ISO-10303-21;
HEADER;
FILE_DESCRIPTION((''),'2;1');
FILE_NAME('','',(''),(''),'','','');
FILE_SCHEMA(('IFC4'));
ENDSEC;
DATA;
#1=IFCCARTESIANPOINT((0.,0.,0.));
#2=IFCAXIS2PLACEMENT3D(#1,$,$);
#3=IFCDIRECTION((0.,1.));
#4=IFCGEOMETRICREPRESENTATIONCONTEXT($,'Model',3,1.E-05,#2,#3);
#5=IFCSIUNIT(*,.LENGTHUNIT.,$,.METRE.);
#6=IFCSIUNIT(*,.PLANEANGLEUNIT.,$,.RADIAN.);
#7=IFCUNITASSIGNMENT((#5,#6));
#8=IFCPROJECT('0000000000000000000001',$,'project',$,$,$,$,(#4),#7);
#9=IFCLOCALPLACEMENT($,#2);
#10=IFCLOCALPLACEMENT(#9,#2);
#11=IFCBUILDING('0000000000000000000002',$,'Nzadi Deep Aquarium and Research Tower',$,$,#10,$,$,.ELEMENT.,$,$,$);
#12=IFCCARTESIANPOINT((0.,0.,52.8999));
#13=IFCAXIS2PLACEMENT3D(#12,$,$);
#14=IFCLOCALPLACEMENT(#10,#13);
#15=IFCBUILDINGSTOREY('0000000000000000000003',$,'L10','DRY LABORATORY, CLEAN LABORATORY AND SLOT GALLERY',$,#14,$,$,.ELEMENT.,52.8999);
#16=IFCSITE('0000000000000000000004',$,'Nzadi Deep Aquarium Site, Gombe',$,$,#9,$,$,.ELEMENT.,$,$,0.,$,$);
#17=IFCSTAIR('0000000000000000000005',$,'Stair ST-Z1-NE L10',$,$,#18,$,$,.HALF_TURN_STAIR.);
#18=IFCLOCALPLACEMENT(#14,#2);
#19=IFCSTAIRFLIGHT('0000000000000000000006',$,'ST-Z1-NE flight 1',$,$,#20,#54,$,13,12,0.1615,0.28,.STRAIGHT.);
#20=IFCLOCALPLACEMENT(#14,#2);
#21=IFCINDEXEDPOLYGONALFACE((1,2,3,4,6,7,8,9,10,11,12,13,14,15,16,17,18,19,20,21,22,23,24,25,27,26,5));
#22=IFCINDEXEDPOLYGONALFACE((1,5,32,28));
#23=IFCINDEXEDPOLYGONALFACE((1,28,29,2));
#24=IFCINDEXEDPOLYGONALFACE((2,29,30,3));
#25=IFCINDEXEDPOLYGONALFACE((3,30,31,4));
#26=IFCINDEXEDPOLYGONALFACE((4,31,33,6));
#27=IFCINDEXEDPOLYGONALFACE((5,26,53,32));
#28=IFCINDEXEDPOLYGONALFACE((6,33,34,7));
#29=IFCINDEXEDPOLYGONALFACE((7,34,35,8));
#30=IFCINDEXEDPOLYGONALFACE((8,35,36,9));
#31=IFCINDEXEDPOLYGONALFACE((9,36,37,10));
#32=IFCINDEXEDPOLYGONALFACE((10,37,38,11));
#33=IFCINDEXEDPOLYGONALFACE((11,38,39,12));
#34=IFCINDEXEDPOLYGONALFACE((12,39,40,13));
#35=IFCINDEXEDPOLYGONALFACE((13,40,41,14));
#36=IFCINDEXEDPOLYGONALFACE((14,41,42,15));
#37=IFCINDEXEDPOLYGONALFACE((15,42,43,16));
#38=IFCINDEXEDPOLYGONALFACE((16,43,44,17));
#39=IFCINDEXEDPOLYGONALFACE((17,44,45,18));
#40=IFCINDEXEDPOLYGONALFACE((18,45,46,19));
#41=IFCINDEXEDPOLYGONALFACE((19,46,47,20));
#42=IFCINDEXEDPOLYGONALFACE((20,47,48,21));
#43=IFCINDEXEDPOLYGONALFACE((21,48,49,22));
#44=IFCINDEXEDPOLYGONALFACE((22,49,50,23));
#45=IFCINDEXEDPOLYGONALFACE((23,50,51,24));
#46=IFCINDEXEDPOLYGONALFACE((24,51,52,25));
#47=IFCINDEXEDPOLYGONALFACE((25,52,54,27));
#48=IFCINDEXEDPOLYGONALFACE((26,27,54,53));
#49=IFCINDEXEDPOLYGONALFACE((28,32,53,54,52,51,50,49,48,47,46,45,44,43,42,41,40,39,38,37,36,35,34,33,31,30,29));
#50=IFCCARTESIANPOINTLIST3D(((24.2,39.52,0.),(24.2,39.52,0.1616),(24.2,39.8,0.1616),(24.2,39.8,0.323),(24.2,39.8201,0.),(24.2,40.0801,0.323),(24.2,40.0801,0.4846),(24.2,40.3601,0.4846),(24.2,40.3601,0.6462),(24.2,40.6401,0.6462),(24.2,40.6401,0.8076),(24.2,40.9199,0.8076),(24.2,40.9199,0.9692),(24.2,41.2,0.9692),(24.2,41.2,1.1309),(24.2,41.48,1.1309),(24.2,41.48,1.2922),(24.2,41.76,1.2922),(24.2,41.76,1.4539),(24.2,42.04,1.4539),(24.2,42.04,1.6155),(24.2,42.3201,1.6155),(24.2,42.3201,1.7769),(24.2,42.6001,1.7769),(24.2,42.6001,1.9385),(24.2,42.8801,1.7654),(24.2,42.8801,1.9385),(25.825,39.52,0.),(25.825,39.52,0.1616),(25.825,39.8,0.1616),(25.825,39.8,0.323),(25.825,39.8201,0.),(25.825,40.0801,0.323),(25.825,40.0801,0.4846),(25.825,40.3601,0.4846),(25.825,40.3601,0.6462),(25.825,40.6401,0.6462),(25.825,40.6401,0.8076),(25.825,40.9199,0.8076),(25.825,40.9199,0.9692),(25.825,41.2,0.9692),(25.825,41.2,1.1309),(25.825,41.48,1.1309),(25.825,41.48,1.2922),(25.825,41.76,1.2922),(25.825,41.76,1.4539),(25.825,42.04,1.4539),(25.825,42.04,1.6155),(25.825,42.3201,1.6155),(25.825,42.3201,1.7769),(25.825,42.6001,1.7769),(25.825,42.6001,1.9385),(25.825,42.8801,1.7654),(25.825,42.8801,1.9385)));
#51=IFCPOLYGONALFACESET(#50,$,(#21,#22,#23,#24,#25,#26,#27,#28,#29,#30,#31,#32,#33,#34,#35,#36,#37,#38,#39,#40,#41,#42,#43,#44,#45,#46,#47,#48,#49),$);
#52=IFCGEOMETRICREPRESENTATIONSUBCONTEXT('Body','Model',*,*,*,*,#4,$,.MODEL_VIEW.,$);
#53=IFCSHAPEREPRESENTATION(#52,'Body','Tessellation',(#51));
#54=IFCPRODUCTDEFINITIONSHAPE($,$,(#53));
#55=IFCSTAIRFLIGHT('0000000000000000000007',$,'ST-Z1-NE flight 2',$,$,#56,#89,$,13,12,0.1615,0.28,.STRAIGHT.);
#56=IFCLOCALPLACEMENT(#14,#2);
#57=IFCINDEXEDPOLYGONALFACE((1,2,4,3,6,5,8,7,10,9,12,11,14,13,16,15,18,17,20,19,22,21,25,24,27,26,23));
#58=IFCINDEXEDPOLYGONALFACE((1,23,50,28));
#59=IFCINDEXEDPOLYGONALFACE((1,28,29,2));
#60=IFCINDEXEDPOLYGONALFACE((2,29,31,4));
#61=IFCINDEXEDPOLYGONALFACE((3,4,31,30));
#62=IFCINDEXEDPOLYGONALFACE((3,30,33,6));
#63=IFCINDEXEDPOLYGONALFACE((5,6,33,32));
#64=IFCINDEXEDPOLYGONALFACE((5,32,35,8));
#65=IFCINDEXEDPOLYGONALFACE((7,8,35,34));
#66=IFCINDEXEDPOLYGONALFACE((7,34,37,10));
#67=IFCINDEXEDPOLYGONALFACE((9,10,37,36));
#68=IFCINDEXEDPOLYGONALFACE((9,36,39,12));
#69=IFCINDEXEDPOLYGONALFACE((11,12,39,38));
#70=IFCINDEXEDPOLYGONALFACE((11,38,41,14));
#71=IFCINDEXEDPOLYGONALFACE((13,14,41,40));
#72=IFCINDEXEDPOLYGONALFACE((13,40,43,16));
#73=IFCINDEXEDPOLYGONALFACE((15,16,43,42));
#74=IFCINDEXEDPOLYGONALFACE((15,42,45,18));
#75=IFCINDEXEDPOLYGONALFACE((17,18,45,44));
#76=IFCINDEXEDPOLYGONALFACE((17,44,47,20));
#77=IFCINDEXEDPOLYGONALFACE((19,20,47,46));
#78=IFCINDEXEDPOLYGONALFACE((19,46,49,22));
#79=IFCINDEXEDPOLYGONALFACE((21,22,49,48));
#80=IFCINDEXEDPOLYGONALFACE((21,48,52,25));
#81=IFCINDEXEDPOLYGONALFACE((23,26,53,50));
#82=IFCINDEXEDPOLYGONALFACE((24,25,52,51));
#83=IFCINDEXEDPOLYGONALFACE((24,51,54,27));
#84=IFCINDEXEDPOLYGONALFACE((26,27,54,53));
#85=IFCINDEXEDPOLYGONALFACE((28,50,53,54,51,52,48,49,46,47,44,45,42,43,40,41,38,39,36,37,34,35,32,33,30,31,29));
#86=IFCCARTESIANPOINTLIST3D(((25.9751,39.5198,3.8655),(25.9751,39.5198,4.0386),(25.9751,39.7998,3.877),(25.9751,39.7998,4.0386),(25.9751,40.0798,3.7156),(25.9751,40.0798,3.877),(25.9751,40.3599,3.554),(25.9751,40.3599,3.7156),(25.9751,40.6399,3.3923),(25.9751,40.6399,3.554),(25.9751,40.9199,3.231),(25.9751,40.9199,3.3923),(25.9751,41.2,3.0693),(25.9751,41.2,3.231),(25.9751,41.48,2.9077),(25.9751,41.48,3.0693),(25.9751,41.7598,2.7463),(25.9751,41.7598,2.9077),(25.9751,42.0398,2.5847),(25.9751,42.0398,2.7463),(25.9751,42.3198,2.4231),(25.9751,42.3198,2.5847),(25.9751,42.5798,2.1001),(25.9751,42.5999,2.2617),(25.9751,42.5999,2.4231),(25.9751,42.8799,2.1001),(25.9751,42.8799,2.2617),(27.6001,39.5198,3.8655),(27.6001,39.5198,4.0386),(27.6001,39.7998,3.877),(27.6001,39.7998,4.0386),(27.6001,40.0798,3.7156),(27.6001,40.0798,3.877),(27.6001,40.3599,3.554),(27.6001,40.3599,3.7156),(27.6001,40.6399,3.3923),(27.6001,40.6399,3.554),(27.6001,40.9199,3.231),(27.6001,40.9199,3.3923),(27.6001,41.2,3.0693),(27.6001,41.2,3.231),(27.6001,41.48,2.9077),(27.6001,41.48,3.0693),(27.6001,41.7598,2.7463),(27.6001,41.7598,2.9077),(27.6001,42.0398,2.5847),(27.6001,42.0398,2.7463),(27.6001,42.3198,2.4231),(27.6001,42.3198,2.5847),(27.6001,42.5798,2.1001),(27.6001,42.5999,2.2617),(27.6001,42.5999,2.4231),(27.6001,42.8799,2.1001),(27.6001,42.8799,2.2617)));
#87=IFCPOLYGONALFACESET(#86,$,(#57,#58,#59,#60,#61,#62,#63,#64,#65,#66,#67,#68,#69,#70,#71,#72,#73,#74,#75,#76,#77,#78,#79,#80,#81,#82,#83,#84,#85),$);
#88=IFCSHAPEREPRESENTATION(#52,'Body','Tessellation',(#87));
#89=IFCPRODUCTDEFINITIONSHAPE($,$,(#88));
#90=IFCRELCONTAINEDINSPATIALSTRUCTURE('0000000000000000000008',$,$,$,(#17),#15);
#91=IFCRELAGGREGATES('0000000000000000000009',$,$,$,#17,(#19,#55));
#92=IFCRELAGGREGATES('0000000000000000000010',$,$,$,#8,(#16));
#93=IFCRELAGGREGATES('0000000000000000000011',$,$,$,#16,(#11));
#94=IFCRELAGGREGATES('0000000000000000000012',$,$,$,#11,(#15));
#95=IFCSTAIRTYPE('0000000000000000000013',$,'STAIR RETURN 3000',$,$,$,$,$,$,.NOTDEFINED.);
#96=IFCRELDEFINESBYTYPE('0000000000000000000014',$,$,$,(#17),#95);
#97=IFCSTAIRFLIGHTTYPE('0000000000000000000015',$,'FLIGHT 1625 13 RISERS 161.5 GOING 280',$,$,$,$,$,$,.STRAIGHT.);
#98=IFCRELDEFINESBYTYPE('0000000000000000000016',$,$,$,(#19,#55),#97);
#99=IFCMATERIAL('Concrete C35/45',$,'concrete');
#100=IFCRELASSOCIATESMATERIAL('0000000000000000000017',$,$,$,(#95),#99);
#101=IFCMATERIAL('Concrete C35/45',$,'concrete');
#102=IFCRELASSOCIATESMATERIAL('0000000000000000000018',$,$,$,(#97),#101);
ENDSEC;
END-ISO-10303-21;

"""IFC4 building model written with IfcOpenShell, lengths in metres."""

from ifc_helpers import new_model, si_unit, direction, frame, origin, place, context, subcontext, project, spatial, polyline, outline, extrude, material, type_object, element, aggregate, save


model = new_model("IFC4")

# Units and contexts
model_context = context("Model", 3, precision=1e-05, world=origin(), true_north=direction((0.0, 1.0)))
body_context = subcontext(model_context, "Body", "Model", "MODEL_VIEW")
ifc_project = project(units=[si_unit("LENGTHUNIT", "METRE"), si_unit("PLANEANGLEUNIT", "RADIAN")], contexts=[model_context])

# Site, building, storey
site_placement = place(None, origin())
site = spatial("IfcSite", under=ifc_project, at=site_placement, Name="Nzadi Deep Aquarium Site, Gombe", CompositionType="ELEMENT", RefElevation=0.0)
building_placement = place(site_placement, origin())
building = spatial("IfcBuilding", under=site, at=building_placement, Name="Nzadi Deep Aquarium and Research Tower", CompositionType="ELEMENT")
storey_placement = place(building_placement, frame((0.0, 0.0, 52.8999)))
storey = spatial("IfcBuildingStorey", under=building, at=storey_placement, Name="L10", Description="DRY LABORATORY, CLEAN LABORATORY AND SLOT GALLERY", CompositionType="ELEMENT", Elevation=52.8999)

# Stair, stair flights
ifc_material_1 = material(Name="Concrete C35/45", Category="concrete")
stair_type = type_object("IfcStairType", Name="STAIR RETURN 3000", PredefinedType="NOTDEFINED", material=ifc_material_1)
stair_placement = place(storey_placement, origin())
stair = element("IfcStair", 1, at=stair_placement, inside=storey, type_object=stair_type, Name="Stair ST-Z1-NE L10", PredefinedType="HALF_TURN_STAIR")
ifc_material_2 = material(Name="Concrete C35/45", Category="concrete")
stair_flight_type = type_object("IfcStairFlightType", Name="FLIGHT 1625 13 RISERS 161.5 GOING 280", PredefinedType="STRAIGHT", material=ifc_material_2)
stair_flight_1_placement = place(storey_placement, frame((25.0125, 39.52, 0.0), z_axis=(0.0, 0.0, 1.0), x_axis=(0.0, 1.0, 0.0)))
stair_flight_1 = element("IfcStairFlight", 2, at=stair_flight_1_placement, type_object=stair_flight_type, Name="ST-Z1-NE flight 1", NumberOfRisers=13, NumberOfTreads=12, PredefinedType="STRAIGHT", RiserHeight=0.1615, TreadLength=0.28, context=body_context, shape_type="SweptSolid", body=[
    extrude(outline(polyline([(0.0, 0.0), (0.0, 0.1616), (0.28, 0.1616), (0.28, 0.323), (0.5601, 0.323), (0.5601, 0.4846), (0.8401, 0.4846), (0.8401, 0.6462), (1.1201, 0.6462), (1.1201, 0.8076), (1.3999, 0.8076), (1.3999, 0.9692), (1.6799, 0.9692), (1.6799, 1.1309), (1.96, 1.1309), (1.96, 1.2922), (2.24, 1.2922), (2.24, 1.4539), (2.52, 1.4539), (2.52, 1.6155), (2.8, 1.6155), (2.8, 1.7769), (3.0801, 1.7769), (3.0801, 1.9385), (3.3601, 1.9385), (3.3601, 2.1001), (3.3601, 1.7654), (0.3, 0.0), (0.0, 0.0)])), frame((0.0, 0.8125, 0.0), z_axis=(0.0, -1.0, 0.0), x_axis=(1.0, 0.0, 0.0)), (0.0, 0.0, 1.0), 1.625),
])
stair_flight_2_placement = place(storey_placement, frame((26.7876, 42.8799, 2.1001), z_axis=(0.0, 0.0, 1.0), x_axis=(0.0, -1.0, 0.0)))
stair_flight_2 = element("IfcStairFlight", 3, at=stair_flight_2_placement, type_object=stair_flight_type, Name="ST-Z1-NE flight 2", NumberOfRisers=13, NumberOfTreads=12, PredefinedType="STRAIGHT", RiserHeight=0.1615, TreadLength=0.28, context=body_context, shape_type="SweptSolid", body=[
    extrude(outline(polyline([(0.0, 0.0), (0.0, 0.1616), (0.28, 0.1616), (0.28, 0.323), (0.5601, 0.323), (0.5601, 0.4846), (0.8401, 0.4846), (0.8401, 0.6462), (1.1201, 0.6462), (1.1201, 0.8076), (1.3999, 0.8076), (1.3999, 0.9692), (1.6799, 0.9692), (1.6799, 1.1309), (1.96, 1.1309), (1.96, 1.2922), (2.24, 1.2922), (2.24, 1.4539), (2.52, 1.4539), (2.52, 1.6155), (2.8, 1.6155), (2.8, 1.7769), (3.0801, 1.7769), (3.0801, 1.9385), (3.3601, 1.9385), (3.3601, 2.1001), (3.3601, 1.7654), (0.3, 0.0), (0.0, 0.0)])), frame((0.0, 0.8125, 0.0), z_axis=(0.0, -1.0, 0.0), x_axis=(1.0, 0.0, 0.0)), (0.0, 0.0, 1.0), 1.625),
])
aggregate(stair, [stair_flight_1, stair_flight_2])

save(model, "model.ifc")
